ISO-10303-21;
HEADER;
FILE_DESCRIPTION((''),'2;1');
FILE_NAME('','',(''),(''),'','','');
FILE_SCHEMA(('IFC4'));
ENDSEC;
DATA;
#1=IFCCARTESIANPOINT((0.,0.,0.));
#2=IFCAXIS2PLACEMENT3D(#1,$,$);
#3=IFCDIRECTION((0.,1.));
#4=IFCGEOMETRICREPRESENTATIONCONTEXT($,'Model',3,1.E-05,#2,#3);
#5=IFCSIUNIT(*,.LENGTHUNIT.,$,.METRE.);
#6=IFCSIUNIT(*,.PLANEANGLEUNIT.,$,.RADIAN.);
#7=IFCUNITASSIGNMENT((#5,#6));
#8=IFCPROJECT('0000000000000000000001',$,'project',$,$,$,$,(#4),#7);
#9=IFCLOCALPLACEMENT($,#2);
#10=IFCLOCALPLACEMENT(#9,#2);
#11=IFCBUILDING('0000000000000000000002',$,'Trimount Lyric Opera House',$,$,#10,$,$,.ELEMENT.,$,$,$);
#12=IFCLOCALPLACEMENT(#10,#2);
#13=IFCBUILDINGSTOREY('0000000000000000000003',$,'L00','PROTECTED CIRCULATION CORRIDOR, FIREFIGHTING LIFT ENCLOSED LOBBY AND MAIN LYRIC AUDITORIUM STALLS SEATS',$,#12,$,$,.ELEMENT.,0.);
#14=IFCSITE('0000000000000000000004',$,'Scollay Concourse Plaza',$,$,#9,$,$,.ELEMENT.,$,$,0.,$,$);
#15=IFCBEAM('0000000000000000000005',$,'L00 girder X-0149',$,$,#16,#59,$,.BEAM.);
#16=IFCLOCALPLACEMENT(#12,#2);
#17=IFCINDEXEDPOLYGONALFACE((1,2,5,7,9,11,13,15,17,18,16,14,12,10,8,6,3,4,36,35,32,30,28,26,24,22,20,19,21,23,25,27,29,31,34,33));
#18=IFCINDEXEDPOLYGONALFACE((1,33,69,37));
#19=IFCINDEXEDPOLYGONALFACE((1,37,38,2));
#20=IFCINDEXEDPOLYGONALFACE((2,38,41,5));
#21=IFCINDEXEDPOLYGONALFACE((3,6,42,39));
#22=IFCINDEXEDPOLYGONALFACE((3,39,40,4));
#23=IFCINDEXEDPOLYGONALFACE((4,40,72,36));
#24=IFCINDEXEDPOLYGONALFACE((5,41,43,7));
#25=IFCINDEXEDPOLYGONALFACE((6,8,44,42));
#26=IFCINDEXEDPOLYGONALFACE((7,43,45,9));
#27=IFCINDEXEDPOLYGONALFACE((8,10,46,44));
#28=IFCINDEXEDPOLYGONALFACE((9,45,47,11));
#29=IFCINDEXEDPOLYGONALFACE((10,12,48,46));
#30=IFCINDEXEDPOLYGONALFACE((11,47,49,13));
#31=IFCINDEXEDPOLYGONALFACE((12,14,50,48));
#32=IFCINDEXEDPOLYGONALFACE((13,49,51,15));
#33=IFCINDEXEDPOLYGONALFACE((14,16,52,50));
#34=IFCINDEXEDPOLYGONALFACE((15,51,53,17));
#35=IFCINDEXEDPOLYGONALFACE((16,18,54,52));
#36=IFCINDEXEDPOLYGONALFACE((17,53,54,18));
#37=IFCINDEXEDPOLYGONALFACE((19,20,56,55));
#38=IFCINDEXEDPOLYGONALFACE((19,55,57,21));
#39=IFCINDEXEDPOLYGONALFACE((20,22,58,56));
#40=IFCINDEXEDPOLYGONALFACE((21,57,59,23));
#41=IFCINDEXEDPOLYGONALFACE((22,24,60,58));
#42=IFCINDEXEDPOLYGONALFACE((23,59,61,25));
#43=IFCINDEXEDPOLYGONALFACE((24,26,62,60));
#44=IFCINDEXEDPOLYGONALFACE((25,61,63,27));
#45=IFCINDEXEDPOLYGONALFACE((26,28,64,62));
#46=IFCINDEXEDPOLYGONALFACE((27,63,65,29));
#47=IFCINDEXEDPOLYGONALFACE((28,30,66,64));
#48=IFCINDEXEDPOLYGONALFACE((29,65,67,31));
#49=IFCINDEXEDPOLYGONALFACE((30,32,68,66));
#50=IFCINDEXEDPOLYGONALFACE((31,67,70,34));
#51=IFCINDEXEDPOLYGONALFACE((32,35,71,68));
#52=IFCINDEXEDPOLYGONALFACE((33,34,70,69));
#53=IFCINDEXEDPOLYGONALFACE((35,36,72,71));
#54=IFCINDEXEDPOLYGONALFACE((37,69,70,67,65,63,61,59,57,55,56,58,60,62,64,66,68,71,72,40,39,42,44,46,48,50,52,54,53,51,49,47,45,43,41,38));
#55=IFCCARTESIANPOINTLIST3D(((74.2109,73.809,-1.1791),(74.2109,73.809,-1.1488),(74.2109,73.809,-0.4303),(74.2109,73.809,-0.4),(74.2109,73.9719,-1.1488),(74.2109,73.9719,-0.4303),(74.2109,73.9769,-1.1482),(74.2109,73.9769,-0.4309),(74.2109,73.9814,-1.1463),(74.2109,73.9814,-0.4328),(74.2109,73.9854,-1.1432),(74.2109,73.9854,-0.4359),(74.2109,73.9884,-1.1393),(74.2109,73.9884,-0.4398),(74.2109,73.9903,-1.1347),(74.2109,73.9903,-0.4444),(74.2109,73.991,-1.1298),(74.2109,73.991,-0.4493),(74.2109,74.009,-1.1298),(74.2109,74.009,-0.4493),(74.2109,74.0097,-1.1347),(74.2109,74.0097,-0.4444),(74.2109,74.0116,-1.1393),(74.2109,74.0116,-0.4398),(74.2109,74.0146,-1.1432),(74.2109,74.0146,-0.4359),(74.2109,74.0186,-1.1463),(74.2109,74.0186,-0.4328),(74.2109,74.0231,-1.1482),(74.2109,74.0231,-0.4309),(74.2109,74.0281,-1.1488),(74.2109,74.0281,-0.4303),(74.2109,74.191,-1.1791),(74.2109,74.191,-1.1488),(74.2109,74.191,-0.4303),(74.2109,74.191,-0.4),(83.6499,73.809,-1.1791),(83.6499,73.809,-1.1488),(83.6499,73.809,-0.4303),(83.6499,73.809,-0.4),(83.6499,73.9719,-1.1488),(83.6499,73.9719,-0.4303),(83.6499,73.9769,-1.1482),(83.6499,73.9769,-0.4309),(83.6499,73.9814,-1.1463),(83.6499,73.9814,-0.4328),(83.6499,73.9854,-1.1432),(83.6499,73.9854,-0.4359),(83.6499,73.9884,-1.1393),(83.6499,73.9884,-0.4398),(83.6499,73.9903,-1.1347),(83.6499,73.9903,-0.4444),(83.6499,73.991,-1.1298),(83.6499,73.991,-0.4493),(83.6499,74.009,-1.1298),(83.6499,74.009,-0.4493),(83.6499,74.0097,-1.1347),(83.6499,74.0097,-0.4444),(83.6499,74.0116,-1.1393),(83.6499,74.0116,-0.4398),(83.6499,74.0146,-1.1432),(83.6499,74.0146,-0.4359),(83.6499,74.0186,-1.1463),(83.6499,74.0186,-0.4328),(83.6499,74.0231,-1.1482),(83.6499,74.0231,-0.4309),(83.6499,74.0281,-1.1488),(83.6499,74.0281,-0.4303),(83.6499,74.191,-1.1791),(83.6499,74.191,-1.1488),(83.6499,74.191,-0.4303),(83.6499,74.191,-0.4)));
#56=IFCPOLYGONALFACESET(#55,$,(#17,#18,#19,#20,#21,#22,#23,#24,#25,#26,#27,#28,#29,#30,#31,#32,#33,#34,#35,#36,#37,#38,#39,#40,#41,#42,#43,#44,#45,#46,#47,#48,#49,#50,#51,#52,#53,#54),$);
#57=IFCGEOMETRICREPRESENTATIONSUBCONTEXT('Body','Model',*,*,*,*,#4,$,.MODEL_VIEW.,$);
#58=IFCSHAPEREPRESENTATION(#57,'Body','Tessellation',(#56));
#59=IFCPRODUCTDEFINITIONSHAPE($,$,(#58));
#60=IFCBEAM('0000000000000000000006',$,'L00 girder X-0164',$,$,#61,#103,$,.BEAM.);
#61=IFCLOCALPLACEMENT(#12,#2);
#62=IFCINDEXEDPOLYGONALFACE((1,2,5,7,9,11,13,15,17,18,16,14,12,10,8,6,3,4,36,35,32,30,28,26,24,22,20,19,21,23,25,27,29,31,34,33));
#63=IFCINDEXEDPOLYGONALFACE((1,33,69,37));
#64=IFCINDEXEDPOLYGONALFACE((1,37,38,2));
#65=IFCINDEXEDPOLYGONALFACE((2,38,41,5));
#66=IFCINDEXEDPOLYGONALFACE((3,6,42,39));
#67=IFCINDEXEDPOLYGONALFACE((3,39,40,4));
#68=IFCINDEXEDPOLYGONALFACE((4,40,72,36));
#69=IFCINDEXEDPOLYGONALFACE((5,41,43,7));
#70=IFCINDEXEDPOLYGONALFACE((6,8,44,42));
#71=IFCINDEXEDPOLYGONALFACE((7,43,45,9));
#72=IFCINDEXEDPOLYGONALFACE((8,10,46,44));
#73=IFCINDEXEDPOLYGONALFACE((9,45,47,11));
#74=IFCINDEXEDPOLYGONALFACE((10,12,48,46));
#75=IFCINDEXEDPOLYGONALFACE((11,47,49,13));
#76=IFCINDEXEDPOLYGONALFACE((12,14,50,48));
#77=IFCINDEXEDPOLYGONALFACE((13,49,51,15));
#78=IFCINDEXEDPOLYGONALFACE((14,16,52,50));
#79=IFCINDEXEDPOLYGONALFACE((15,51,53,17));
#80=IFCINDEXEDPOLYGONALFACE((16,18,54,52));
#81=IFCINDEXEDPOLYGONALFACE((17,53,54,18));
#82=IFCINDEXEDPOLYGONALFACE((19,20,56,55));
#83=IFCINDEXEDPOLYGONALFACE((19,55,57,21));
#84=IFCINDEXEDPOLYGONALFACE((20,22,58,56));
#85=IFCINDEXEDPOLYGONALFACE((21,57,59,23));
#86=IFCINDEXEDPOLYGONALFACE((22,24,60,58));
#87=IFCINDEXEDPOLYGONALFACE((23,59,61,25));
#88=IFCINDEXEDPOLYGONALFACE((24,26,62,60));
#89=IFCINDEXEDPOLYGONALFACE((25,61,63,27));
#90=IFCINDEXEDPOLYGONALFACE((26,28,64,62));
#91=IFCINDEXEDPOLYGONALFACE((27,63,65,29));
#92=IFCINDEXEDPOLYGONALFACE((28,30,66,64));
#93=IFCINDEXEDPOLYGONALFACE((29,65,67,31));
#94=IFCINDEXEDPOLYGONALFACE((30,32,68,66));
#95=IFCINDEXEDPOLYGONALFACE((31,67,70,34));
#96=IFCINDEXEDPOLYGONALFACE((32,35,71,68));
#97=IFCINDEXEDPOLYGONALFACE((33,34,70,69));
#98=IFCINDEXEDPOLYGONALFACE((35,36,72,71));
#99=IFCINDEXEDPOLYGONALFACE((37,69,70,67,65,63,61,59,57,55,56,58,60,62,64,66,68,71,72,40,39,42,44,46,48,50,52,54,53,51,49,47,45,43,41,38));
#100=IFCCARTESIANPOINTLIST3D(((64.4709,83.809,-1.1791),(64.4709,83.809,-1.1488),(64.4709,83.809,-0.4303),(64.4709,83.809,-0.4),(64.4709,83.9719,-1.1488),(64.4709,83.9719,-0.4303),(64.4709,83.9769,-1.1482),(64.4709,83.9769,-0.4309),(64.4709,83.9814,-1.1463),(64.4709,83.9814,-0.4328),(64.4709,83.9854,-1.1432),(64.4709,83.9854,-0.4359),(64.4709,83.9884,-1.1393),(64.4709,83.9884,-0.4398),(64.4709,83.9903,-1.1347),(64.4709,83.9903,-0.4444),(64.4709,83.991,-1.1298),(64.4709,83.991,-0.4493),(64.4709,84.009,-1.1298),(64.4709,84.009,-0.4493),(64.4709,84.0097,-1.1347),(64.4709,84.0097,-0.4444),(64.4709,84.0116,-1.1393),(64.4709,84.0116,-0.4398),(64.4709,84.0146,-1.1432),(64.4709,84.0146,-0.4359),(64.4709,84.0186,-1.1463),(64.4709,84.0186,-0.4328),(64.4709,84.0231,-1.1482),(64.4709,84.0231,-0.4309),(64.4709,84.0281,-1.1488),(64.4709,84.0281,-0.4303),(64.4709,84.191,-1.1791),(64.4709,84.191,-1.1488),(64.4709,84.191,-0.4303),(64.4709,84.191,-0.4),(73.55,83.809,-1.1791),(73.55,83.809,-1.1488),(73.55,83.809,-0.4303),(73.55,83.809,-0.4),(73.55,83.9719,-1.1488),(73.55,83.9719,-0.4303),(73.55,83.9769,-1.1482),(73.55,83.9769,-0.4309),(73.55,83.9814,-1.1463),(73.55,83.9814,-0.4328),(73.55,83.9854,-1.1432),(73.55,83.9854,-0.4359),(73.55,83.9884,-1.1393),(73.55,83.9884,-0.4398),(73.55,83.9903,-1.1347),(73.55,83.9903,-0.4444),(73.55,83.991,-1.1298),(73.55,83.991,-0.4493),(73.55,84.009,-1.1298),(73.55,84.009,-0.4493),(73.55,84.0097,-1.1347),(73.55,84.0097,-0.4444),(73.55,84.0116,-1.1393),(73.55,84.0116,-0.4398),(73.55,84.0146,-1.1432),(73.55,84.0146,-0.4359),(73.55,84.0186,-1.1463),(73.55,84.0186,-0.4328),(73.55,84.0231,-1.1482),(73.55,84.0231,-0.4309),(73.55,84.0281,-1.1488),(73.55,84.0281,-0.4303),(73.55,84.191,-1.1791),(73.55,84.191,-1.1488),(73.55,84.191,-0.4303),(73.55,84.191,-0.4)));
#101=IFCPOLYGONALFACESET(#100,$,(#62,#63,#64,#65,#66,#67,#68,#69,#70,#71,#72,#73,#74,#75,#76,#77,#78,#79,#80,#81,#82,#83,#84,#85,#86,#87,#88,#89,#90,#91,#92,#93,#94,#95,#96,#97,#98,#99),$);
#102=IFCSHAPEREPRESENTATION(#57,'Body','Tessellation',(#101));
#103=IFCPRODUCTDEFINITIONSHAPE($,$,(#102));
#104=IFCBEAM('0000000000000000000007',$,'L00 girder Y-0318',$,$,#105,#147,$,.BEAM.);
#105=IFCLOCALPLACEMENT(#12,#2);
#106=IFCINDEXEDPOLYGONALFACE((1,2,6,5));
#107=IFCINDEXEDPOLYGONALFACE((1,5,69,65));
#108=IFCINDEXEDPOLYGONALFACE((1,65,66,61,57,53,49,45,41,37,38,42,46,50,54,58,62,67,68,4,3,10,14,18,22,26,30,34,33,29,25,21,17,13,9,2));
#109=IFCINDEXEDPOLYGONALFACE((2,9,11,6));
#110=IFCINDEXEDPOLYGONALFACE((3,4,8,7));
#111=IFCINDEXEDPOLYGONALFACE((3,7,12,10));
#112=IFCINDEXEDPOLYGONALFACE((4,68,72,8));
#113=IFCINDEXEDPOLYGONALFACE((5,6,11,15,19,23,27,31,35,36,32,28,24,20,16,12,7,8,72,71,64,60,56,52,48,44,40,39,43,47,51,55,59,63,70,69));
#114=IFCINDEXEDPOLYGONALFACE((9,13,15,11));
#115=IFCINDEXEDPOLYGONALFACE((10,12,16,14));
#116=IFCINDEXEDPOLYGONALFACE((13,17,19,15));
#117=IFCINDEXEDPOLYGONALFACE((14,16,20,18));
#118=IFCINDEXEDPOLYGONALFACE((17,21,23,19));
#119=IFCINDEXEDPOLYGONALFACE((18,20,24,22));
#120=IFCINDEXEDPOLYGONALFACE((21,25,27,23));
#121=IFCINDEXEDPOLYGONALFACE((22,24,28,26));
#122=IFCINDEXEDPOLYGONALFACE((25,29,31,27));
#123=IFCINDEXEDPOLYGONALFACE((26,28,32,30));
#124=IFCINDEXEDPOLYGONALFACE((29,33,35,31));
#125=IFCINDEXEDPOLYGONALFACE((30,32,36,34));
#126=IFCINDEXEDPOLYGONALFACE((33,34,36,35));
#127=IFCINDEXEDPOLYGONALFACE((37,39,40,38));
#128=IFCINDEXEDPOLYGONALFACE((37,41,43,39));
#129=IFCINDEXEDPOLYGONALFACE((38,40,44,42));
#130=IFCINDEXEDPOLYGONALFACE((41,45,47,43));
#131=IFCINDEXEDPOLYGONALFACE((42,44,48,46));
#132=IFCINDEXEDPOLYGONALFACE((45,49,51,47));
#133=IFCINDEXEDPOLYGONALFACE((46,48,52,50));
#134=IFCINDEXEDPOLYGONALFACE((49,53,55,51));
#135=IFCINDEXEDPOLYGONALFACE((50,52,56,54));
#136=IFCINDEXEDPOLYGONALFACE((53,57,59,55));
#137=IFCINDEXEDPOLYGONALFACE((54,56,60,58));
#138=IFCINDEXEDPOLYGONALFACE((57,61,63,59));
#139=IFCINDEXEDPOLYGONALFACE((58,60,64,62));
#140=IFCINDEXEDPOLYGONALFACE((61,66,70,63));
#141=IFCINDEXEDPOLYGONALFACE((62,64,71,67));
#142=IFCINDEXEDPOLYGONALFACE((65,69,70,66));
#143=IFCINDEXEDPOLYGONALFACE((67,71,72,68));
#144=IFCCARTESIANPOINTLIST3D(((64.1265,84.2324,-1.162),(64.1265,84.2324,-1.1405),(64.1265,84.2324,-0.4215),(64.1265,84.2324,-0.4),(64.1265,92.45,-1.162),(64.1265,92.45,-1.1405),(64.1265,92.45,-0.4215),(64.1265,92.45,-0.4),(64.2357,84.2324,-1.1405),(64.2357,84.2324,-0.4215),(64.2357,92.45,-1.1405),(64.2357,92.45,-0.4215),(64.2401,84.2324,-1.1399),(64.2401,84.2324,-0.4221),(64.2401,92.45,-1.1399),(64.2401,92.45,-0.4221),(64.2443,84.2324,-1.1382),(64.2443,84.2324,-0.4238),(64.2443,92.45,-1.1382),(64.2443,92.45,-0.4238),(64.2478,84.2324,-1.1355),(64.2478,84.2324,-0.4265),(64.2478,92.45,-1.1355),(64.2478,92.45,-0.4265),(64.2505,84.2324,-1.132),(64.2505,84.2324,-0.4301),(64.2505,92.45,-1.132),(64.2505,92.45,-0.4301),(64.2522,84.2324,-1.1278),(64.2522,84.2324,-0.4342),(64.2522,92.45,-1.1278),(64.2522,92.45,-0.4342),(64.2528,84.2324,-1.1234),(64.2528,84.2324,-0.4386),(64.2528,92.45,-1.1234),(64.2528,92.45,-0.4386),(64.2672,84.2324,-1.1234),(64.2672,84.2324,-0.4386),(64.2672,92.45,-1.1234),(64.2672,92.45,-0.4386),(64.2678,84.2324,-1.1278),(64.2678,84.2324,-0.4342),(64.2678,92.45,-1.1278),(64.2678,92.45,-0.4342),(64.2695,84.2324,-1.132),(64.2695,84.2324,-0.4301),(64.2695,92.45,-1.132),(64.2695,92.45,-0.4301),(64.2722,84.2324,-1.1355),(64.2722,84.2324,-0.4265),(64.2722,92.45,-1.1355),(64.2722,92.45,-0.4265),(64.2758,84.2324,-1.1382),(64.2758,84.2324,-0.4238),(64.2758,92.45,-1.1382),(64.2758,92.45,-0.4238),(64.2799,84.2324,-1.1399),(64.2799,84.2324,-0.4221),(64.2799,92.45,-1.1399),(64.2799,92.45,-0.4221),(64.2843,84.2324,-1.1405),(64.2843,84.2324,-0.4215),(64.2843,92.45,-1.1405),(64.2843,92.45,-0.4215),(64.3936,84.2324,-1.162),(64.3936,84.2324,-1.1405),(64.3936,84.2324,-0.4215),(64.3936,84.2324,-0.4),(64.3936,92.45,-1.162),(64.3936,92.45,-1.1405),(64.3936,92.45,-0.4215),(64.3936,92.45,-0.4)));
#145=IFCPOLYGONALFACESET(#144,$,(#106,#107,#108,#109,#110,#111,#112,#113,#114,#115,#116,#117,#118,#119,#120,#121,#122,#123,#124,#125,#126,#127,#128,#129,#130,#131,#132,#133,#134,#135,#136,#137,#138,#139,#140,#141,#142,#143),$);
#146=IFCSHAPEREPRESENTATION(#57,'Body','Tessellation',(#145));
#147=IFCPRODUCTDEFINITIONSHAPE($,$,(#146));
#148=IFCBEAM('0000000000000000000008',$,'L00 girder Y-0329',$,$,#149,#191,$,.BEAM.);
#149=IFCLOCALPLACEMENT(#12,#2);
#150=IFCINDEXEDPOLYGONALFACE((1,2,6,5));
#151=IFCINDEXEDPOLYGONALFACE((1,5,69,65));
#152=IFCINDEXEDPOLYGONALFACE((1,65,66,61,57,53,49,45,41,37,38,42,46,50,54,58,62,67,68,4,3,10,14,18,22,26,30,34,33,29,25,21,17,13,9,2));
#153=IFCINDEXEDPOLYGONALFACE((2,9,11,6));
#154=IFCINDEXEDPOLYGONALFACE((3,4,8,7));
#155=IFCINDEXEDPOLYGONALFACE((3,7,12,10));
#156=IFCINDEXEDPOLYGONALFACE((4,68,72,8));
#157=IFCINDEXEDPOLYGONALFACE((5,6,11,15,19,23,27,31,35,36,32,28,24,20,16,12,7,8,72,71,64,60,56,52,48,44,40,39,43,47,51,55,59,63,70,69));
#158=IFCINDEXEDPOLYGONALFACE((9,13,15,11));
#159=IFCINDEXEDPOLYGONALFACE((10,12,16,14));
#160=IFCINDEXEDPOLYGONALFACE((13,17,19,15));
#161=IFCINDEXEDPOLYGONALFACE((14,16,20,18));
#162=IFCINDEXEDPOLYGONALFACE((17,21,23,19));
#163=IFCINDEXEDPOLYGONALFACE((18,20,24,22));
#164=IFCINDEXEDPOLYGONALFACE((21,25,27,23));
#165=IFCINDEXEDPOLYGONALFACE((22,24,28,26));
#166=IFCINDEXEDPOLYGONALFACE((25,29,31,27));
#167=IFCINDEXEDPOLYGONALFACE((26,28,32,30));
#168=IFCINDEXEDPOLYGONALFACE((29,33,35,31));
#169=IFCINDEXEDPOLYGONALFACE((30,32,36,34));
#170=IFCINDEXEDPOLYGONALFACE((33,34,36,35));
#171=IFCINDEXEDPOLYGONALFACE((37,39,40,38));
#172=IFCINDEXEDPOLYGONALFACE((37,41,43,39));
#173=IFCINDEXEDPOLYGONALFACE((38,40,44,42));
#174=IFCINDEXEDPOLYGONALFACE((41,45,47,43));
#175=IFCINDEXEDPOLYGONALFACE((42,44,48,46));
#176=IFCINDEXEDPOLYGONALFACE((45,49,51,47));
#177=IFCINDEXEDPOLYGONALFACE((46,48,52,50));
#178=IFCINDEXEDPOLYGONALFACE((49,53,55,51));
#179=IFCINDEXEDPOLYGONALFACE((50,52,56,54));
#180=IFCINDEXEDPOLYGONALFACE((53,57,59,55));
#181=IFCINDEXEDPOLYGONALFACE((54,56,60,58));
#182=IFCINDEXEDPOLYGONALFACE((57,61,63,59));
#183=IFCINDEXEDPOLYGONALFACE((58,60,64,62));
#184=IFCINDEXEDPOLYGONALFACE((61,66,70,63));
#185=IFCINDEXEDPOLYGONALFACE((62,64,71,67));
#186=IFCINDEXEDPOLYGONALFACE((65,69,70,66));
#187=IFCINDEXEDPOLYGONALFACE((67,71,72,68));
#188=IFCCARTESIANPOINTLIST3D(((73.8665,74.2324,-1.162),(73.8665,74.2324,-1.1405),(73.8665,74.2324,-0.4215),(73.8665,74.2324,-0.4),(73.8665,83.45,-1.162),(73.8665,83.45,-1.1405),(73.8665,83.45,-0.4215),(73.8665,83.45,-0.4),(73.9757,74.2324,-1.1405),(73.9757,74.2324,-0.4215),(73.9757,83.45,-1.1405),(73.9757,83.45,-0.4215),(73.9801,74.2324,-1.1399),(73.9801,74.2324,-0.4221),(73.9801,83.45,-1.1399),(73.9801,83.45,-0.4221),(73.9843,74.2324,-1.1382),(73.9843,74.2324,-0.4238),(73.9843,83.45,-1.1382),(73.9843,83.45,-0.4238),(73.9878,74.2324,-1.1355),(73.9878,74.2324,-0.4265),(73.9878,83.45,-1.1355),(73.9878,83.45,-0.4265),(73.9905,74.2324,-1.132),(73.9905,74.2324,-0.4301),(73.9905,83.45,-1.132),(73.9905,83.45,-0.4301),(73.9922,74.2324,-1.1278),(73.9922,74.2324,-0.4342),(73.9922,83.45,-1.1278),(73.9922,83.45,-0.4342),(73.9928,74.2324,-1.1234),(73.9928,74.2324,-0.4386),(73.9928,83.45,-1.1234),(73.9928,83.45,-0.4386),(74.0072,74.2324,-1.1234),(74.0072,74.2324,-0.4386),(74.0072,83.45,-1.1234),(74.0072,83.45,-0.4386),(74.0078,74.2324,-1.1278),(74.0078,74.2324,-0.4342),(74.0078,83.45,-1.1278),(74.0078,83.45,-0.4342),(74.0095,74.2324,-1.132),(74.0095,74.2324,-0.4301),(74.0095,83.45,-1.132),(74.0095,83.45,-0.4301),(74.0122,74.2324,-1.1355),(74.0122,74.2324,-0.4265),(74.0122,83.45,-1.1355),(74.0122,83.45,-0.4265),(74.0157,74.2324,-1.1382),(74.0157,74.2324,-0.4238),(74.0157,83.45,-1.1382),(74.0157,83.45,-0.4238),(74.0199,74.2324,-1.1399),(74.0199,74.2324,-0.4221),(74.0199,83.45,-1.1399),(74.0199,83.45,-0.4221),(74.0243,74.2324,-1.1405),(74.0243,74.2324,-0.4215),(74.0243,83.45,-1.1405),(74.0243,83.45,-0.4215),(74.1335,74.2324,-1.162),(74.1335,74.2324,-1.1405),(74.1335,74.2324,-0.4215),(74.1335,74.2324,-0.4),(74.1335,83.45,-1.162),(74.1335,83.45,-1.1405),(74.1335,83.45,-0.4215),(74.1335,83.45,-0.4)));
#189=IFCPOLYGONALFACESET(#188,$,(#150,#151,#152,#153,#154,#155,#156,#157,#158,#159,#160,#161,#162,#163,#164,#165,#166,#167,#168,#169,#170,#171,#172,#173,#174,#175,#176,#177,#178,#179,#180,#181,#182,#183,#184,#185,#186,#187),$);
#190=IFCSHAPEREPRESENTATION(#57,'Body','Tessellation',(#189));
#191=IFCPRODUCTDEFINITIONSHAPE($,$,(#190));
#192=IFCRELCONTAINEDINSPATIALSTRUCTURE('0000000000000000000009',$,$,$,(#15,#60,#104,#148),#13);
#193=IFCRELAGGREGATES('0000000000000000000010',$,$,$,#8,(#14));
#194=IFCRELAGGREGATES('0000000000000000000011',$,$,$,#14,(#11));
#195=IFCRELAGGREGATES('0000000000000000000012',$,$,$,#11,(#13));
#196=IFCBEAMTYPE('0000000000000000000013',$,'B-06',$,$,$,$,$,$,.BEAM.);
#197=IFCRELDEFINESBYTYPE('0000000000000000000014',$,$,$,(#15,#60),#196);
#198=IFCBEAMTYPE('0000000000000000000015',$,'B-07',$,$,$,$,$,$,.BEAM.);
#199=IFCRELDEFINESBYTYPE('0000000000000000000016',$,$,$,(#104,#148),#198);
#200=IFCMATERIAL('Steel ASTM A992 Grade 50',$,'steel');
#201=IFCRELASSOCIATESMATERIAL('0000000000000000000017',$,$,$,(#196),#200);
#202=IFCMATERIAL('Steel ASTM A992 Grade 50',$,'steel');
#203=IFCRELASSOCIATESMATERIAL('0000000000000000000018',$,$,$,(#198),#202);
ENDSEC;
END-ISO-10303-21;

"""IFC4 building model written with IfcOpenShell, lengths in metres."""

from ifc_helpers import new_model, si_unit, direction, frame, origin, origin_2d, place, context, subcontext, project, spatial, i_section, extrude, material, material_profile, profile_set, type_object, element, save


model = new_model("IFC4")

# Units and contexts
model_context = context("Model", 3, precision=1e-05, world=origin(), true_north=direction((0.0, 1.0)))
body_context = subcontext(model_context, "Body", "Model", "MODEL_VIEW")
ifc_project = project(units=[si_unit("LENGTHUNIT", "METRE"), si_unit("PLANEANGLEUNIT", "RADIAN")], contexts=[model_context])

# Site, building, storey
site_placement = place(None, origin())
site = spatial("IfcSite", under=ifc_project, at=site_placement, Name="Scollay Concourse Plaza", CompositionType="ELEMENT", RefElevation=0.0)
building_placement = place(site_placement, origin())
building = spatial("IfcBuilding", under=site, at=building_placement, Name="Trimount Lyric Opera House", CompositionType="ELEMENT")
storey_placement = place(building_placement, origin())
storey = spatial("IfcBuildingStorey", under=building, at=storey_placement, Name="L00", Description="PROTECTED CIRCULATION CORRIDOR, FIREFIGHTING LIFT ENCLOSED LOBBY AND MAIN LYRIC AUDITORIUM STALLS SEATS", CompositionType="ELEMENT", Elevation=0.0)

# Beams
ifc_material_1 = material(Name="Steel ASTM A992 Grade 50", Category="steel")
ifc_material_profile_1 = material_profile(ifc_material_1, i_section(OverallWidth=0.3821, OverallDepth=0.7791, WebThickness=0.0181, FlangeThickness=0.0303, FilletRadius=0.019, at=origin_2d()), Name="W30X191")
ifc_profile_set_1 = profile_set([ifc_material_profile_1], Name="Steel ASTM A992 Grade 50")
beam_type_1 = type_object("IfcBeamType", Name="B-06", PredefinedType="BEAM", material=ifc_profile_set_1)
beam_1_placement = place(storey_placement, frame((74.2109, 74.0, -0.7896), z_axis=(1.0, 0.0, 0.0), x_axis=(0.0, 1.0, 0.0)))
element("IfcBeam", 1, at=beam_1_placement, inside=storey, type_object=beam_type_1, Name="L00 girder X-0149", PredefinedType="BEAM", context=body_context, shape_type="SweptSolid", body=[
    extrude(i_section(OverallWidth=0.3821, OverallDepth=0.7791, WebThickness=0.0181, FlangeThickness=0.0303, FilletRadius=0.019, at=origin_2d()), origin(), (0.0, 0.0, 1.0), 9.439),
])
beam_2_placement = place(storey_placement, frame((64.4709, 84.0, -0.7896), z_axis=(1.0, 0.0, 0.0), x_axis=(0.0, 1.0, 0.0)))
element("IfcBeam", 2, at=beam_2_placement, inside=storey, type_object=beam_type_1, Name="L00 girder X-0164", PredefinedType="BEAM", context=body_context, shape_type="SweptSolid", body=[
    extrude(i_section(OverallWidth=0.3821, OverallDepth=0.7791, WebThickness=0.0181, FlangeThickness=0.0303, FilletRadius=0.019, at=origin_2d()), origin(), (0.0, 0.0, 1.0), 9.0791),
])
ifc_material_2 = material(Name="Steel ASTM A992 Grade 50", Category="steel")
ifc_material_profile_2 = material_profile(ifc_material_2, i_section(OverallWidth=0.2671, OverallDepth=0.762, WebThickness=0.0144, FlangeThickness=0.0215, FilletRadius=0.0171, at=origin_2d()), Name="W30X116")
ifc_profile_set_2 = profile_set([ifc_material_profile_2], Name="Steel ASTM A992 Grade 50")
beam_type_2 = type_object("IfcBeamType", Name="B-07", PredefinedType="BEAM", material=ifc_profile_set_2)
beam_3_placement = place(storey_placement, frame((64.26, 84.2324, -0.781), z_axis=(0.0, 1.0, 0.0), x_axis=(-1.0, 0.0, 0.0)))
element("IfcBeam", 3, at=beam_3_placement, inside=storey, type_object=beam_type_2, Name="L00 girder Y-0318", PredefinedType="BEAM", context=body_context, shape_type="SweptSolid", body=[
    extrude(i_section(OverallWidth=0.2671, OverallDepth=0.762, WebThickness=0.0144, FlangeThickness=0.0215, FilletRadius=0.0171, at=origin_2d()), origin(), (0.0, 0.0, 1.0), 8.2175),
])
beam_4_placement = place(storey_placement, frame((74.0, 74.2324, -0.781), z_axis=(0.0, 1.0, 0.0), x_axis=(-1.0, 0.0, 0.0)))
element("IfcBeam", 4, at=beam_4_placement, inside=storey, type_object=beam_type_2, Name="L00 girder Y-0329", PredefinedType="BEAM", context=body_context, shape_type="SweptSolid", body=[
    extrude(i_section(OverallWidth=0.2671, OverallDepth=0.762, WebThickness=0.0144, FlangeThickness=0.0215, FilletRadius=0.0171, at=origin_2d()), origin(), (0.0, 0.0, 1.0), 9.2175),
])

save(model, "model.ifc")
